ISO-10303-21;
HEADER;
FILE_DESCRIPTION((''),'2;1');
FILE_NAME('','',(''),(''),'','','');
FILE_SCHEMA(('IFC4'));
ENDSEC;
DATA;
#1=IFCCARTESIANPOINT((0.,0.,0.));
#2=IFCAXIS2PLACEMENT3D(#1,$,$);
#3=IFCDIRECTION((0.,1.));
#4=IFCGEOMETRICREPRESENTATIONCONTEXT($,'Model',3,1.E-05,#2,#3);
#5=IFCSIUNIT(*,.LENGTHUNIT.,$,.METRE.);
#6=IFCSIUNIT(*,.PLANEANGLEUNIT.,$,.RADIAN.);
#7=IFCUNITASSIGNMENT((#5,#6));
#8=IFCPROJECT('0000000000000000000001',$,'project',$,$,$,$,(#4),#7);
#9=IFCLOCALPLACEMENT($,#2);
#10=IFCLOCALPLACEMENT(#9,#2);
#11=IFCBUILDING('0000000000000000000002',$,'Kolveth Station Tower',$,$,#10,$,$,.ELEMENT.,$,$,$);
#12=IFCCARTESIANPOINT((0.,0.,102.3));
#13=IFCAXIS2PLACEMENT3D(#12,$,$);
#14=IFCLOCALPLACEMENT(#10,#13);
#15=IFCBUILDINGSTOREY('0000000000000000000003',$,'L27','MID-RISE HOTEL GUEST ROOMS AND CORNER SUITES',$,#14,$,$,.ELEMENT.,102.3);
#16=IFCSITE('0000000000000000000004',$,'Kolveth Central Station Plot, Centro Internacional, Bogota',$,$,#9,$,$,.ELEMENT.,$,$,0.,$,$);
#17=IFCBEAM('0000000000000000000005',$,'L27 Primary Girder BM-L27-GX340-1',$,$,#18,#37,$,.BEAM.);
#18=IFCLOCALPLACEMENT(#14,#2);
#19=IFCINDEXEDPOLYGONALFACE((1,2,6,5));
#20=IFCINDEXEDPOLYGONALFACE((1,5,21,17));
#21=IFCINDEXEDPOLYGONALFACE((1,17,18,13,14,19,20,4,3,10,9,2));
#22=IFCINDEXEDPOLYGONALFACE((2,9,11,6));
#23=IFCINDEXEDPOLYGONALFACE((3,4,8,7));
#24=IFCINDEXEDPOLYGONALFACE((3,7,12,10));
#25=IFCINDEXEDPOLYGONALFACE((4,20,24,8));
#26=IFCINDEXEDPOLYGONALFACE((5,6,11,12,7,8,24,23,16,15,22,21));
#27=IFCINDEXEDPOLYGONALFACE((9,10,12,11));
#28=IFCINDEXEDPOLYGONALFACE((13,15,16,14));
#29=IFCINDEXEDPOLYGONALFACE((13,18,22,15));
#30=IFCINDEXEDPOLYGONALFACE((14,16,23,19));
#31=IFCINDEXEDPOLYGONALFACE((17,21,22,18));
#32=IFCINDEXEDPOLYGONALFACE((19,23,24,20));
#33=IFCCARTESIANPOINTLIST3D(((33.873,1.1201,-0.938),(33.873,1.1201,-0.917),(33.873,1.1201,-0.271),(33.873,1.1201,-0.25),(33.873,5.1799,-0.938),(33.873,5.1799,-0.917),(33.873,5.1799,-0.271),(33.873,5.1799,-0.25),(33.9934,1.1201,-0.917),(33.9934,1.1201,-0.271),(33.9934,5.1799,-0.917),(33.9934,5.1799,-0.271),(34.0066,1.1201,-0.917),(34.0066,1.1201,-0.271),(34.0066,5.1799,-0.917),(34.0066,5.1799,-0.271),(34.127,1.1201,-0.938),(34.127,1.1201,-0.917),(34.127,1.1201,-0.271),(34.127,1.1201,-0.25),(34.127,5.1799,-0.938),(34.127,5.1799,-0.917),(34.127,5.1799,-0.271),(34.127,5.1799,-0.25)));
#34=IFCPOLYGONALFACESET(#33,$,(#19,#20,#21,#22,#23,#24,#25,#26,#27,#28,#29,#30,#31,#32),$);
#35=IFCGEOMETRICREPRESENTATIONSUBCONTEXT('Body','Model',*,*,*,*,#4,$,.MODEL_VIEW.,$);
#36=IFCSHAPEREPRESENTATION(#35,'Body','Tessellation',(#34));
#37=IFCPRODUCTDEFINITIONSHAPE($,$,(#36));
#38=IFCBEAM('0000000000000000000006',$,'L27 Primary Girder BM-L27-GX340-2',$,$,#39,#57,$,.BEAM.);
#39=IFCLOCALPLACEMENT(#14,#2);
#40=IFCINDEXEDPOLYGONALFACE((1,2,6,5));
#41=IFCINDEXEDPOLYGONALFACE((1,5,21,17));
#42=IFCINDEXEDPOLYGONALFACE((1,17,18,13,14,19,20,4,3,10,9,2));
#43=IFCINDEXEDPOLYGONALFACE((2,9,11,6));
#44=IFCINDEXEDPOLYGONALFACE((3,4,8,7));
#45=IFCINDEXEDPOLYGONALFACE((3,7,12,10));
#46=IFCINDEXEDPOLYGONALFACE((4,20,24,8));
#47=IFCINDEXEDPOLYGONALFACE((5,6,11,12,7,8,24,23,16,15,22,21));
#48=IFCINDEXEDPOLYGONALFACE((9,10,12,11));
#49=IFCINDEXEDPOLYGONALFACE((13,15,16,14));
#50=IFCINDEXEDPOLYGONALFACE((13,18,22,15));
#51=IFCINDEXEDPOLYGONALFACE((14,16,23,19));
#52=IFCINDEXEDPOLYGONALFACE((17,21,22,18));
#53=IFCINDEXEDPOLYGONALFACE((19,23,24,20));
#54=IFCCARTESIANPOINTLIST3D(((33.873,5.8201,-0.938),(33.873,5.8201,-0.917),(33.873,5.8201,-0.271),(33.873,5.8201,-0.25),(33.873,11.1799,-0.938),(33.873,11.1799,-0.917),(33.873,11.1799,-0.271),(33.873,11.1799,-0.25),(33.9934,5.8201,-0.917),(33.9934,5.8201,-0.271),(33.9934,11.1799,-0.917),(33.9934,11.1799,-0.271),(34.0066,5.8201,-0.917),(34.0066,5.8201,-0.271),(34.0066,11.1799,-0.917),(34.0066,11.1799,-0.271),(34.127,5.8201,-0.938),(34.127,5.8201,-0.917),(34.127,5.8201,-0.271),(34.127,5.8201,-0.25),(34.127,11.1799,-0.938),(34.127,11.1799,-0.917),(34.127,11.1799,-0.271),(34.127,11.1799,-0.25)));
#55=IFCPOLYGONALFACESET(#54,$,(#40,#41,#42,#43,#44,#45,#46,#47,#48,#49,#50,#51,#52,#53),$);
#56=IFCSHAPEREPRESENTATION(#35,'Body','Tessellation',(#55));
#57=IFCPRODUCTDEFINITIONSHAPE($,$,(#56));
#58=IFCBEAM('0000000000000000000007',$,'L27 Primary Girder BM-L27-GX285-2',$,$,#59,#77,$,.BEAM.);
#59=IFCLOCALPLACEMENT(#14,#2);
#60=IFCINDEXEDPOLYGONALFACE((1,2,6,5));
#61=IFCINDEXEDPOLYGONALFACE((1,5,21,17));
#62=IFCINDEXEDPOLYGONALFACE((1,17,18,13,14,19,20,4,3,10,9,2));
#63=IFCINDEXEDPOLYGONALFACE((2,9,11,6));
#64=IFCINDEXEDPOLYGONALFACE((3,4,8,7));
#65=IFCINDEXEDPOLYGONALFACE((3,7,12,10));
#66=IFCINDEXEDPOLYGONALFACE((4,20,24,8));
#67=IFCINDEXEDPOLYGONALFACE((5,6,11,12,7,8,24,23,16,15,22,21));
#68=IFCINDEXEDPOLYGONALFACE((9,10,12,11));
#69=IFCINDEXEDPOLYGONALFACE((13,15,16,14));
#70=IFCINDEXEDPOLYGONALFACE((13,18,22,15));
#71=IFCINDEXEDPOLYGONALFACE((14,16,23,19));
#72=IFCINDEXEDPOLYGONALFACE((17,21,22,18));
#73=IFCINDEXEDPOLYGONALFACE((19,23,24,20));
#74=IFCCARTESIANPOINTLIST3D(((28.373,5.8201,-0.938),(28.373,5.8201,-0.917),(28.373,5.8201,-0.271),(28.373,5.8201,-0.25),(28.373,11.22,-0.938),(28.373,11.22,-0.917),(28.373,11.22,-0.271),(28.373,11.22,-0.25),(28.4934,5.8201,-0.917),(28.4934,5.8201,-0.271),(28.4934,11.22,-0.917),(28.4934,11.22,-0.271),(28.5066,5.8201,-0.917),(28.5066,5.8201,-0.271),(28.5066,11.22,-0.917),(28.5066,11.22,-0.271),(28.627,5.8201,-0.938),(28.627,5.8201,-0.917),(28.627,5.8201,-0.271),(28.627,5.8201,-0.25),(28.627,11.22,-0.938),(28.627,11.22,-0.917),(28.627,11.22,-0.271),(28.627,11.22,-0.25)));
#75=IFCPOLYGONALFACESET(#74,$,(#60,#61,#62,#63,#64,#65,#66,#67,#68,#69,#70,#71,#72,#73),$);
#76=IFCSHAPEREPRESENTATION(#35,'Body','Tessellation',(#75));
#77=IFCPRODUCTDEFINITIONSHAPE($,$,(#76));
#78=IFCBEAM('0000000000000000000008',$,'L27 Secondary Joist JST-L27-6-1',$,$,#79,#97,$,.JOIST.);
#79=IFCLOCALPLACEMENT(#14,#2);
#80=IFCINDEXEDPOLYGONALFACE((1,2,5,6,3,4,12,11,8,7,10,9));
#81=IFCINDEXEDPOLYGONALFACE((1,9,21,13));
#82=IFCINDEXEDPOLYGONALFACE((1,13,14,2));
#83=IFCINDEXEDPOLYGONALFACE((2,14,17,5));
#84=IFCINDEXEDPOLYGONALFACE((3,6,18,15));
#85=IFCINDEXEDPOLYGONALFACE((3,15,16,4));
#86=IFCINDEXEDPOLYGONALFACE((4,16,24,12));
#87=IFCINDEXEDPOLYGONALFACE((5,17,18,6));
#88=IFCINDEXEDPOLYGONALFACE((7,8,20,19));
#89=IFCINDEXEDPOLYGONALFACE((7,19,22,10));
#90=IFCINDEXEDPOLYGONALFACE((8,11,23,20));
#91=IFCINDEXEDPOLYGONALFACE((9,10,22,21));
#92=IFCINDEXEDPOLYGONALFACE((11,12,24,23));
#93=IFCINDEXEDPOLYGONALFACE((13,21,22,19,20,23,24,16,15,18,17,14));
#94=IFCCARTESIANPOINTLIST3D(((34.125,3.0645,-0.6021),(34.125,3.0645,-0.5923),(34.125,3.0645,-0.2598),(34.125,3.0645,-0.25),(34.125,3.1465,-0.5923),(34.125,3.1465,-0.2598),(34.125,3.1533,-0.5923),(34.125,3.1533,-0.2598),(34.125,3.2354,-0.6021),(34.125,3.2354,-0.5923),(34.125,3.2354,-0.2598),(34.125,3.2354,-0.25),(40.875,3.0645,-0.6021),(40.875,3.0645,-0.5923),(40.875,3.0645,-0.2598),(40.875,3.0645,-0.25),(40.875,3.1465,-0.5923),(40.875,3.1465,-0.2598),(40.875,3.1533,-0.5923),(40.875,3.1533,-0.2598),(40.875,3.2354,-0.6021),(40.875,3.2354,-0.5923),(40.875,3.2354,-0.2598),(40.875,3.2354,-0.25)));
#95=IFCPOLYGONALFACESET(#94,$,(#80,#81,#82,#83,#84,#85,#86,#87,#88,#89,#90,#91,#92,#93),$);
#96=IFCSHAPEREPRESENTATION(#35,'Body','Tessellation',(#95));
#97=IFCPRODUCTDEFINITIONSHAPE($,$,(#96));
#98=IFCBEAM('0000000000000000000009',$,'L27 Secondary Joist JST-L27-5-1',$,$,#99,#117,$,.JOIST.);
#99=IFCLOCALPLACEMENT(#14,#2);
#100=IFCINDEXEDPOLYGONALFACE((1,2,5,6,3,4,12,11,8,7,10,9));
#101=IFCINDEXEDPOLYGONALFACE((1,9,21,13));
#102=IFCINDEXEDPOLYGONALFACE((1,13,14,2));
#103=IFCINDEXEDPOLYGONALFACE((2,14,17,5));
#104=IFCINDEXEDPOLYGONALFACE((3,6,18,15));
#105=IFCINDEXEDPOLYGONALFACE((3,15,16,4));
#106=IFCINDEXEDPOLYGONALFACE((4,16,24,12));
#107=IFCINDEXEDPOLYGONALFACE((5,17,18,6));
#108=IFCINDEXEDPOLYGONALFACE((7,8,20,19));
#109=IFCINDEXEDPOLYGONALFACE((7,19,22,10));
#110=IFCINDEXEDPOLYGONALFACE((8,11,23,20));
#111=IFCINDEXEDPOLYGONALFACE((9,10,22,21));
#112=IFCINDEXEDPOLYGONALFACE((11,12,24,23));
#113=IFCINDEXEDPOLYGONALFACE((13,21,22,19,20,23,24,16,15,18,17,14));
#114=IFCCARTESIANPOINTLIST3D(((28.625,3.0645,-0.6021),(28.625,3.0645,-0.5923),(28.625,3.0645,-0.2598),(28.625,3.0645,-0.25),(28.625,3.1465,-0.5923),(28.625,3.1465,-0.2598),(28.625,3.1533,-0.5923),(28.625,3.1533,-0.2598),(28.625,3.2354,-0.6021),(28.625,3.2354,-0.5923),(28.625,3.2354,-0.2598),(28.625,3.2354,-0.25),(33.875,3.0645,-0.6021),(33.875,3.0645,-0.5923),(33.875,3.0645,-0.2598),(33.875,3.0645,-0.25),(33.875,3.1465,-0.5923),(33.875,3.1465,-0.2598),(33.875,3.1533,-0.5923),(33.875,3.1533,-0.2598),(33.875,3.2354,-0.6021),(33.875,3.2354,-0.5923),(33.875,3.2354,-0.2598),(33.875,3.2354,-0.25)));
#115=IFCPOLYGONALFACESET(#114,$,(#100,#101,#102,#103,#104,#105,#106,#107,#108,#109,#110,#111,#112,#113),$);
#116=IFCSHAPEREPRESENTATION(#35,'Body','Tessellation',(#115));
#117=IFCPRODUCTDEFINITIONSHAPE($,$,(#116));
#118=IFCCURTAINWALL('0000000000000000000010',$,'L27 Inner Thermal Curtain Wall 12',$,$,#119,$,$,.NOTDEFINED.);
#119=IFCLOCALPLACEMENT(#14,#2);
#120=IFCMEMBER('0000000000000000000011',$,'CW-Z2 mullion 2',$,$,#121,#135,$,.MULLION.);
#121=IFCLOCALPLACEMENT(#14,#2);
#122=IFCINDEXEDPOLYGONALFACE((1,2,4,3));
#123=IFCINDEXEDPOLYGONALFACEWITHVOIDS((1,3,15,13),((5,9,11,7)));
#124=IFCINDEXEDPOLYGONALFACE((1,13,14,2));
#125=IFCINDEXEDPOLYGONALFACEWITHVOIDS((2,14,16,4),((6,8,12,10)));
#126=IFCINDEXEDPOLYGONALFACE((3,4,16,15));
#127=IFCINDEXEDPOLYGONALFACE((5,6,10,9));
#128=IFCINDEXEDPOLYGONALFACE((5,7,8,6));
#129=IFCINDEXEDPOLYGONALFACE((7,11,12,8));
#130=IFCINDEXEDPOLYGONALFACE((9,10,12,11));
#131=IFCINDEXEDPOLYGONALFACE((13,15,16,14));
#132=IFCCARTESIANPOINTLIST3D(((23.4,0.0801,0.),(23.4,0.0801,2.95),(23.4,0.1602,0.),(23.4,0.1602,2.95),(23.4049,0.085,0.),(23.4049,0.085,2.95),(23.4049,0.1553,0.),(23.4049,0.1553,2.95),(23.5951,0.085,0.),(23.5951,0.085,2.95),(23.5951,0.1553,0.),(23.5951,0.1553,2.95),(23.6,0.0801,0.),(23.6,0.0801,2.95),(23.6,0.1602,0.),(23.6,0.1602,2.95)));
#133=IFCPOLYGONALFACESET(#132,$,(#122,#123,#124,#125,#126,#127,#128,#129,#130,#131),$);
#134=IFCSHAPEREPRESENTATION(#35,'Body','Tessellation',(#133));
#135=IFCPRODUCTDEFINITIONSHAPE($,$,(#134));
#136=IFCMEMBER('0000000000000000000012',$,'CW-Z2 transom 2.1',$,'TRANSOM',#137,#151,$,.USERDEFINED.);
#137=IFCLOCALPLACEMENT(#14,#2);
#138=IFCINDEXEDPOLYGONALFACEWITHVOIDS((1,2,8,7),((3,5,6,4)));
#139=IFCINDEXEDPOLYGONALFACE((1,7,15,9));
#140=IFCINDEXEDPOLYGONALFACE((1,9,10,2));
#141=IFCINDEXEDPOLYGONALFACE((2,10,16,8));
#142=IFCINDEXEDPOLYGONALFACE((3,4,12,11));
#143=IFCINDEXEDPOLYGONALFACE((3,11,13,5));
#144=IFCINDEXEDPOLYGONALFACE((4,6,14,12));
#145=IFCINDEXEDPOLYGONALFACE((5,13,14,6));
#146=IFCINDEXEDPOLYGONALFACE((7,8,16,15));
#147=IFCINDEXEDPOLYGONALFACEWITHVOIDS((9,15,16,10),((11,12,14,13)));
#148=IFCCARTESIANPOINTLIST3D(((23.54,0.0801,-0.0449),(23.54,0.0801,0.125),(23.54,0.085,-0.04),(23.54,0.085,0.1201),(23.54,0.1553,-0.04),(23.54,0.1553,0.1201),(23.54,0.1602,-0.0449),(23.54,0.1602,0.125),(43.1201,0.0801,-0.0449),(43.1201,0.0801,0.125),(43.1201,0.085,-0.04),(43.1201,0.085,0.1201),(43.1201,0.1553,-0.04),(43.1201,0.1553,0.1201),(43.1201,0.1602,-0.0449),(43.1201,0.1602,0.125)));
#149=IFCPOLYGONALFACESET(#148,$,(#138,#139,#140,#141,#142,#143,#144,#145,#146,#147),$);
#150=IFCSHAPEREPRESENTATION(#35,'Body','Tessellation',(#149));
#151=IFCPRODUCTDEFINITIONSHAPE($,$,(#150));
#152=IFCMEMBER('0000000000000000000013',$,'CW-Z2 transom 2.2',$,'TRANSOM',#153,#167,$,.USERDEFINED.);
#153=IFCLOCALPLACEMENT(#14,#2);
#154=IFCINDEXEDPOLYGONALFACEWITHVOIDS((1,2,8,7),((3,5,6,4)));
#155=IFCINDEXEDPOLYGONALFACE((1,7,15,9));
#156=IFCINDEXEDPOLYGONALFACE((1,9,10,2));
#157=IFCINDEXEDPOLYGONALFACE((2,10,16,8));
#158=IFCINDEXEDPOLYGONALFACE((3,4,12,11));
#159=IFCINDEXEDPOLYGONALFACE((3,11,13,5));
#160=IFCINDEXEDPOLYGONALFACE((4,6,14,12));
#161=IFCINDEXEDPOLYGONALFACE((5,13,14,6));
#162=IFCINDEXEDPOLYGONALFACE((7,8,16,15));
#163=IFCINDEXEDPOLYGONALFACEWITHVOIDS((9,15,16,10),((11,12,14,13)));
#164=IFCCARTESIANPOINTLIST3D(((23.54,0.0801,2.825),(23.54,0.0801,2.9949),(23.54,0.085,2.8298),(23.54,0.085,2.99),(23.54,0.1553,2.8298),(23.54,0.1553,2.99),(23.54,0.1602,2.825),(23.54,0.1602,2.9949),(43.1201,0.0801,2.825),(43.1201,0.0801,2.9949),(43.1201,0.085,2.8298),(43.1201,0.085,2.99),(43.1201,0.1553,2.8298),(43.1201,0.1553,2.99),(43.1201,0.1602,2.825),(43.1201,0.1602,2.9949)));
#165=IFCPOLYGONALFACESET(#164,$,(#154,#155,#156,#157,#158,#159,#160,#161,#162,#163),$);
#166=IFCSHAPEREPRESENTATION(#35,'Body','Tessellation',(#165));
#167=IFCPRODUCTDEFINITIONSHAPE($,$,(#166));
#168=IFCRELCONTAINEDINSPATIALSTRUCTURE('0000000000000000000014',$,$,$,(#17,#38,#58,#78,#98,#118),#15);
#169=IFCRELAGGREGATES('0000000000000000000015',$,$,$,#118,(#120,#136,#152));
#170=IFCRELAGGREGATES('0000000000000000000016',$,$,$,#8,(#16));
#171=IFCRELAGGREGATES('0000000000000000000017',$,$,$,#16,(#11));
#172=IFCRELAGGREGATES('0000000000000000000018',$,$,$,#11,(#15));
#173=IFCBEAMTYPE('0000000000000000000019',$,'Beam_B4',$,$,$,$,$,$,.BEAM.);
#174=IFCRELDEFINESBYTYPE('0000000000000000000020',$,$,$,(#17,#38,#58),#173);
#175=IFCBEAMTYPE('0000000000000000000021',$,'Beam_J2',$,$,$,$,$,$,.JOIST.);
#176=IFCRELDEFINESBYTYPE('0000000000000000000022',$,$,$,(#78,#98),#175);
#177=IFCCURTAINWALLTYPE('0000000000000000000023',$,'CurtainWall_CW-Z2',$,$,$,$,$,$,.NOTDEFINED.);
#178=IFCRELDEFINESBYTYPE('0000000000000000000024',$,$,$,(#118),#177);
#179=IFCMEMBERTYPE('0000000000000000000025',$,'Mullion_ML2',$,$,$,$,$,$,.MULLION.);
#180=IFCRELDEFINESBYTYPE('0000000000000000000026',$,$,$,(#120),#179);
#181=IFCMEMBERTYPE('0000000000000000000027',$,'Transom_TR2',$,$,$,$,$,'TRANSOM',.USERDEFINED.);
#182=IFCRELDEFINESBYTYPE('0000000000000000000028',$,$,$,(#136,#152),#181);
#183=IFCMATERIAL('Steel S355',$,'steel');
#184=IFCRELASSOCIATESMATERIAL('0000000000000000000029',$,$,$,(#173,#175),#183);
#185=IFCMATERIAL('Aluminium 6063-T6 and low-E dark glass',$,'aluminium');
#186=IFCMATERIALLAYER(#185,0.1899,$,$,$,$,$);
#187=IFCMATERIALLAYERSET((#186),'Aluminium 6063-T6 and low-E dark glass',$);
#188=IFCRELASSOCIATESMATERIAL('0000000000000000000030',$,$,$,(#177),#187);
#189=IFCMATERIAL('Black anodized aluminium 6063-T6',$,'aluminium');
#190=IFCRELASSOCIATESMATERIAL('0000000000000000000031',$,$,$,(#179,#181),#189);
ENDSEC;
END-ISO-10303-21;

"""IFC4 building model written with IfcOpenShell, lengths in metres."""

from ifc_helpers import new_model, si_unit, direction, frame, origin, origin_2d, place, context, subcontext, project, spatial, hollow_rectangle, i_section, extrude, source, transform, mapped, material, layer, layer_set, material_profile, profile_set, type_object, element, aggregate, save


model = new_model("IFC4")

# Units and contexts
model_context = context("Model", 3, precision=1e-05, world=origin(), true_north=direction((0.0, 1.0)))
body_context = subcontext(model_context, "Body", "Model", "MODEL_VIEW")
ifc_project = project(units=[si_unit("LENGTHUNIT", "METRE"), si_unit("PLANEANGLEUNIT", "RADIAN")], contexts=[model_context])

# Site, building, storey
site_placement = place(None, origin())
site = spatial("IfcSite", under=ifc_project, at=site_placement, Name="Kolveth Central Station Plot, Centro Internacional, Bogota", CompositionType="ELEMENT", RefElevation=0.0)
building_placement = place(site_placement, origin())
building = spatial("IfcBuilding", under=site, at=building_placement, Name="Kolveth Station Tower", CompositionType="ELEMENT")
storey_placement = place(building_placement, frame((0.0, 0.0, 102.3)))
storey = spatial("IfcBuildingStorey", under=building, at=storey_placement, Name="L27", Description="MID-RISE HOTEL GUEST ROOMS AND CORNER SUITES", CompositionType="ELEMENT", Elevation=102.3)

# Beams
ifc_material_1 = material(Name="Steel S355", Category="steel")
ifc_material_profile_1 = material_profile(ifc_material_1, i_section(OverallWidth=0.2539, OverallDepth=0.688, WebThickness=0.0132, FlangeThickness=0.021, at=origin_2d()), Name="W690x152")
ifc_profile_set_1 = profile_set([ifc_material_profile_1], Name="Steel S355")
beam_type_1 = type_object("IfcBeamType", Name="Beam_B4", PredefinedType="BEAM", material=ifc_profile_set_1)
shared_shape_1 = source(origin(), body_context, "Body", "SweptSolid", [
    extrude(i_section(OverallWidth=0.2539, OverallDepth=0.688, WebThickness=0.0132, FlangeThickness=0.021, at=origin_2d()), origin(), (0.0, 0.0, 1.0), 4.0598),
])
for number, where, z_axis, x_axis, name in (
    (1, (34.0, 1.1201, -0.594), (0.0, 1.0, 0.0), (-1.0, 0.0, 0.0), "L27 Primary Girder BM-L27-GX340-1"),
):
    element("IfcBeam", number, at=place(storey_placement, frame(where, z_axis=z_axis, x_axis=x_axis)), inside=storey, type_object=beam_type_1, Name=name, PredefinedType="BEAM", context=body_context, shape_type="MappedRepresentation", body=[
        mapped(shared_shape_1, transform((0.0, 0.0, 0.0), x_axis=(1.0, 0.0, 0.0), y_axis=(0.0, 1.0, 0.0), z_axis=(0.0, 0.0, 1.0), scale=1.0)),
    ])
shared_shape_2 = source(origin(), body_context, "Body", "SweptSolid", [
    extrude(i_section(OverallWidth=0.2539, OverallDepth=0.688, WebThickness=0.0132, FlangeThickness=0.021, at=origin_2d()), origin(), (0.0, 0.0, 1.0), 5.3599),
])
beam_1_placement = place(storey_placement, frame((34.0, 5.8201, -0.594), z_axis=(0.0, 1.0, 0.0), x_axis=(-1.0, 0.0, 0.0)))
element("IfcBeam", 2, at=beam_1_placement, inside=storey, type_object=beam_type_1, Name="L27 Primary Girder BM-L27-GX340-2", PredefinedType="BEAM", context=body_context, shape_type="MappedRepresentation", body=[
    mapped(shared_shape_2, transform((0.0, 0.0, 0.0), x_axis=(1.0, 0.0, 0.0), y_axis=(0.0, 1.0, 0.0), z_axis=(0.0, 0.0, 1.0), scale=1.0)),
])
shared_shape_3 = source(origin(), body_context, "Body", "SweptSolid", [
    extrude(i_section(OverallWidth=0.2539, OverallDepth=0.688, WebThickness=0.0132, FlangeThickness=0.021, at=origin_2d()), origin(), (0.0, 0.0, 1.0), 5.3999),
])
beam_2_placement = place(storey_placement, frame((28.5, 5.8201, -0.594), z_axis=(0.0, 1.0, 0.0), x_axis=(-1.0, 0.0, 0.0)))
element("IfcBeam", 3, at=beam_2_placement, inside=storey, type_object=beam_type_1, Name="L27 Primary Girder BM-L27-GX285-2", PredefinedType="BEAM", context=body_context, shape_type="MappedRepresentation", body=[
    mapped(shared_shape_3, transform((0.0, 0.0, 0.0), x_axis=(1.0, 0.0, 0.0), y_axis=(0.0, 1.0, 0.0), z_axis=(0.0, 0.0, 1.0), scale=1.0)),
])
ifc_material_profile_2 = material_profile(ifc_material_1, i_section(OverallWidth=0.1709, OverallDepth=0.3521, WebThickness=0.0068, FlangeThickness=0.0098, at=origin_2d()), Name="W360x44")
ifc_profile_set_2 = profile_set([ifc_material_profile_2], Name="Steel S355")
beam_type_2 = type_object("IfcBeamType", Name="Beam_J2", PredefinedType="JOIST", material=ifc_profile_set_2)
shared_shape_4 = source(origin(), body_context, "Body", "SweptSolid", [
    extrude(i_section(OverallWidth=0.1709, OverallDepth=0.3521, WebThickness=0.0068, FlangeThickness=0.0098, at=origin_2d()), origin(), (0.0, 0.0, 1.0), 6.75),
])
beam_3_placement = place(storey_placement, frame((34.125, 3.1499, -0.426), z_axis=(1.0, 0.0, 0.0), x_axis=(0.0, 1.0, 0.0)))
element("IfcBeam", 4, at=beam_3_placement, inside=storey, type_object=beam_type_2, Name="L27 Secondary Joist JST-L27-6-1", PredefinedType="JOIST", context=body_context, shape_type="MappedRepresentation", body=[
    mapped(shared_shape_4, transform((0.0, 0.0, 0.0), x_axis=(1.0, 0.0, 0.0), y_axis=(0.0, 1.0, 0.0), z_axis=(0.0, 0.0, 1.0), scale=1.0)),
])
shared_shape_5 = source(origin(), body_context, "Body", "SweptSolid", [
    extrude(i_section(OverallWidth=0.1709, OverallDepth=0.3521, WebThickness=0.0068, FlangeThickness=0.0098, at=origin_2d()), origin(), (0.0, 0.0, 1.0), 5.25),
])
beam_4_placement = place(storey_placement, frame((28.625, 3.1499, -0.426), z_axis=(1.0, 0.0, 0.0), x_axis=(0.0, 1.0, 0.0)))
element("IfcBeam", 5, at=beam_4_placement, inside=storey, type_object=beam_type_2, Name="L27 Secondary Joist JST-L27-5-1", PredefinedType="JOIST", context=body_context, shape_type="MappedRepresentation", body=[
    mapped(shared_shape_5, transform((0.0, 0.0, 0.0), x_axis=(1.0, 0.0, 0.0), y_axis=(0.0, 1.0, 0.0), z_axis=(0.0, 0.0, 1.0), scale=1.0)),
])

# Curtain wall, members
ifc_material_2 = material(Name="Aluminium 6063-T6 and low-E dark glass", Category="aluminium")
ifc_layer_1 = layer(ifc_material_2, 0.1899)
ifc_layer_set_1 = layer_set([ifc_layer_1], Name="Aluminium 6063-T6 and low-E dark glass")
curtain_wall_type_1 = type_object("IfcCurtainWallType", Name="CurtainWall_CW-Z2", PredefinedType="NOTDEFINED", material=ifc_layer_set_1)
curtain_wall_1_placement = place(storey_placement, origin())
curtain_wall_1 = element("IfcCurtainWall", 6, at=curtain_wall_1_placement, inside=storey, type_object=curtain_wall_type_1, Name="L27 Inner Thermal Curtain Wall 12", PredefinedType="NOTDEFINED")
ifc_material_3 = material(Name="Black anodized aluminium 6063-T6", Category="aluminium")
ifc_material_profile_3 = material_profile(ifc_material_3, hollow_rectangle(XDim=0.0801, YDim=0.2, WallThickness=0.0049, at=origin_2d()), Name="ALU-80x200x5")
ifc_profile_set_3 = profile_set([ifc_material_profile_3], Name="Black anodized aluminium 6063-T6")
member_type_1 = type_object("IfcMemberType", Name="Mullion_ML2", PredefinedType="MULLION", material=ifc_profile_set_3)
shared_shape_6 = source(origin(), body_context, "Body", "SweptSolid", [
    extrude(hollow_rectangle(XDim=0.0801, YDim=0.2, WallThickness=0.0049, at=origin_2d()), origin(), (0.0, 0.0, 1.0), 2.95),
])
member_1_placement = place(storey_placement, frame((23.5, 0.1201, 0.0), z_axis=(0.0, 0.0, 1.0), x_axis=(0.0, 1.0, 0.0)))
member_1 = element("IfcMember", 7, at=member_1_placement, type_object=member_type_1, Name="CW-Z2 mullion 2", PredefinedType="MULLION", context=body_context, shape_type="MappedRepresentation", body=[
    mapped(shared_shape_6, transform((0.0, 0.0, 0.0), x_axis=(1.0, 0.0, 0.0), y_axis=(0.0, 1.0, 0.0), z_axis=(0.0, 0.0, 1.0), scale=1.0)),
])
ifc_material_profile_4 = material_profile(ifc_material_3, hollow_rectangle(XDim=0.0801, YDim=0.1699, WallThickness=0.0049, at=origin_2d()), Name="ALU-80x170x5")
ifc_profile_set_4 = profile_set([ifc_material_profile_4], Name="Black anodized aluminium 6063-T6")
member_type_2 = type_object("IfcMemberType", Name="Transom_TR2", ElementType="TRANSOM", PredefinedType="USERDEFINED", material=ifc_profile_set_4)
shared_shape_7 = source(origin(), body_context, "Body", "SweptSolid", [
    extrude(hollow_rectangle(XDim=0.0801, YDim=0.1699, WallThickness=0.0049, at=origin_2d()), origin(), (0.0, 0.0, 1.0), 19.5801),
])
member_2_placement = place(storey_placement, frame((23.54, 0.1201, 0.04), z_axis=(1.0, 0.0, 0.0), x_axis=(0.0, 1.0, 0.0)))
member_2 = element("IfcMember", 8, at=member_2_placement, type_object=member_type_2, Name="CW-Z2 transom 2.1", ObjectType="TRANSOM", PredefinedType="USERDEFINED", context=body_context, shape_type="MappedRepresentation", body=[
    mapped(shared_shape_7, transform((0.0, 0.0, 0.0), x_axis=(1.0, 0.0, 0.0), y_axis=(0.0, 1.0, 0.0), z_axis=(0.0, 0.0, 1.0), scale=1.0)),
])
member_3_placement = place(storey_placement, frame((23.54, 0.1201, 2.9099), z_axis=(1.0, 0.0, 0.0), x_axis=(0.0, 1.0, 0.0)))
member_3 = element("IfcMember", 9, at=member_3_placement, type_object=member_type_2, Name="CW-Z2 transom 2.2", ObjectType="TRANSOM", PredefinedType="USERDEFINED", context=body_context, shape_type="MappedRepresentation", body=[
    mapped(shared_shape_7, transform((0.0, 0.0, 0.0), x_axis=(1.0, 0.0, 0.0), y_axis=(0.0, 1.0, 0.0), z_axis=(0.0, 0.0, 1.0), scale=1.0)),
])
aggregate(curtain_wall_1, [member_1, member_2, member_3])

save(model, "model.ifc")
